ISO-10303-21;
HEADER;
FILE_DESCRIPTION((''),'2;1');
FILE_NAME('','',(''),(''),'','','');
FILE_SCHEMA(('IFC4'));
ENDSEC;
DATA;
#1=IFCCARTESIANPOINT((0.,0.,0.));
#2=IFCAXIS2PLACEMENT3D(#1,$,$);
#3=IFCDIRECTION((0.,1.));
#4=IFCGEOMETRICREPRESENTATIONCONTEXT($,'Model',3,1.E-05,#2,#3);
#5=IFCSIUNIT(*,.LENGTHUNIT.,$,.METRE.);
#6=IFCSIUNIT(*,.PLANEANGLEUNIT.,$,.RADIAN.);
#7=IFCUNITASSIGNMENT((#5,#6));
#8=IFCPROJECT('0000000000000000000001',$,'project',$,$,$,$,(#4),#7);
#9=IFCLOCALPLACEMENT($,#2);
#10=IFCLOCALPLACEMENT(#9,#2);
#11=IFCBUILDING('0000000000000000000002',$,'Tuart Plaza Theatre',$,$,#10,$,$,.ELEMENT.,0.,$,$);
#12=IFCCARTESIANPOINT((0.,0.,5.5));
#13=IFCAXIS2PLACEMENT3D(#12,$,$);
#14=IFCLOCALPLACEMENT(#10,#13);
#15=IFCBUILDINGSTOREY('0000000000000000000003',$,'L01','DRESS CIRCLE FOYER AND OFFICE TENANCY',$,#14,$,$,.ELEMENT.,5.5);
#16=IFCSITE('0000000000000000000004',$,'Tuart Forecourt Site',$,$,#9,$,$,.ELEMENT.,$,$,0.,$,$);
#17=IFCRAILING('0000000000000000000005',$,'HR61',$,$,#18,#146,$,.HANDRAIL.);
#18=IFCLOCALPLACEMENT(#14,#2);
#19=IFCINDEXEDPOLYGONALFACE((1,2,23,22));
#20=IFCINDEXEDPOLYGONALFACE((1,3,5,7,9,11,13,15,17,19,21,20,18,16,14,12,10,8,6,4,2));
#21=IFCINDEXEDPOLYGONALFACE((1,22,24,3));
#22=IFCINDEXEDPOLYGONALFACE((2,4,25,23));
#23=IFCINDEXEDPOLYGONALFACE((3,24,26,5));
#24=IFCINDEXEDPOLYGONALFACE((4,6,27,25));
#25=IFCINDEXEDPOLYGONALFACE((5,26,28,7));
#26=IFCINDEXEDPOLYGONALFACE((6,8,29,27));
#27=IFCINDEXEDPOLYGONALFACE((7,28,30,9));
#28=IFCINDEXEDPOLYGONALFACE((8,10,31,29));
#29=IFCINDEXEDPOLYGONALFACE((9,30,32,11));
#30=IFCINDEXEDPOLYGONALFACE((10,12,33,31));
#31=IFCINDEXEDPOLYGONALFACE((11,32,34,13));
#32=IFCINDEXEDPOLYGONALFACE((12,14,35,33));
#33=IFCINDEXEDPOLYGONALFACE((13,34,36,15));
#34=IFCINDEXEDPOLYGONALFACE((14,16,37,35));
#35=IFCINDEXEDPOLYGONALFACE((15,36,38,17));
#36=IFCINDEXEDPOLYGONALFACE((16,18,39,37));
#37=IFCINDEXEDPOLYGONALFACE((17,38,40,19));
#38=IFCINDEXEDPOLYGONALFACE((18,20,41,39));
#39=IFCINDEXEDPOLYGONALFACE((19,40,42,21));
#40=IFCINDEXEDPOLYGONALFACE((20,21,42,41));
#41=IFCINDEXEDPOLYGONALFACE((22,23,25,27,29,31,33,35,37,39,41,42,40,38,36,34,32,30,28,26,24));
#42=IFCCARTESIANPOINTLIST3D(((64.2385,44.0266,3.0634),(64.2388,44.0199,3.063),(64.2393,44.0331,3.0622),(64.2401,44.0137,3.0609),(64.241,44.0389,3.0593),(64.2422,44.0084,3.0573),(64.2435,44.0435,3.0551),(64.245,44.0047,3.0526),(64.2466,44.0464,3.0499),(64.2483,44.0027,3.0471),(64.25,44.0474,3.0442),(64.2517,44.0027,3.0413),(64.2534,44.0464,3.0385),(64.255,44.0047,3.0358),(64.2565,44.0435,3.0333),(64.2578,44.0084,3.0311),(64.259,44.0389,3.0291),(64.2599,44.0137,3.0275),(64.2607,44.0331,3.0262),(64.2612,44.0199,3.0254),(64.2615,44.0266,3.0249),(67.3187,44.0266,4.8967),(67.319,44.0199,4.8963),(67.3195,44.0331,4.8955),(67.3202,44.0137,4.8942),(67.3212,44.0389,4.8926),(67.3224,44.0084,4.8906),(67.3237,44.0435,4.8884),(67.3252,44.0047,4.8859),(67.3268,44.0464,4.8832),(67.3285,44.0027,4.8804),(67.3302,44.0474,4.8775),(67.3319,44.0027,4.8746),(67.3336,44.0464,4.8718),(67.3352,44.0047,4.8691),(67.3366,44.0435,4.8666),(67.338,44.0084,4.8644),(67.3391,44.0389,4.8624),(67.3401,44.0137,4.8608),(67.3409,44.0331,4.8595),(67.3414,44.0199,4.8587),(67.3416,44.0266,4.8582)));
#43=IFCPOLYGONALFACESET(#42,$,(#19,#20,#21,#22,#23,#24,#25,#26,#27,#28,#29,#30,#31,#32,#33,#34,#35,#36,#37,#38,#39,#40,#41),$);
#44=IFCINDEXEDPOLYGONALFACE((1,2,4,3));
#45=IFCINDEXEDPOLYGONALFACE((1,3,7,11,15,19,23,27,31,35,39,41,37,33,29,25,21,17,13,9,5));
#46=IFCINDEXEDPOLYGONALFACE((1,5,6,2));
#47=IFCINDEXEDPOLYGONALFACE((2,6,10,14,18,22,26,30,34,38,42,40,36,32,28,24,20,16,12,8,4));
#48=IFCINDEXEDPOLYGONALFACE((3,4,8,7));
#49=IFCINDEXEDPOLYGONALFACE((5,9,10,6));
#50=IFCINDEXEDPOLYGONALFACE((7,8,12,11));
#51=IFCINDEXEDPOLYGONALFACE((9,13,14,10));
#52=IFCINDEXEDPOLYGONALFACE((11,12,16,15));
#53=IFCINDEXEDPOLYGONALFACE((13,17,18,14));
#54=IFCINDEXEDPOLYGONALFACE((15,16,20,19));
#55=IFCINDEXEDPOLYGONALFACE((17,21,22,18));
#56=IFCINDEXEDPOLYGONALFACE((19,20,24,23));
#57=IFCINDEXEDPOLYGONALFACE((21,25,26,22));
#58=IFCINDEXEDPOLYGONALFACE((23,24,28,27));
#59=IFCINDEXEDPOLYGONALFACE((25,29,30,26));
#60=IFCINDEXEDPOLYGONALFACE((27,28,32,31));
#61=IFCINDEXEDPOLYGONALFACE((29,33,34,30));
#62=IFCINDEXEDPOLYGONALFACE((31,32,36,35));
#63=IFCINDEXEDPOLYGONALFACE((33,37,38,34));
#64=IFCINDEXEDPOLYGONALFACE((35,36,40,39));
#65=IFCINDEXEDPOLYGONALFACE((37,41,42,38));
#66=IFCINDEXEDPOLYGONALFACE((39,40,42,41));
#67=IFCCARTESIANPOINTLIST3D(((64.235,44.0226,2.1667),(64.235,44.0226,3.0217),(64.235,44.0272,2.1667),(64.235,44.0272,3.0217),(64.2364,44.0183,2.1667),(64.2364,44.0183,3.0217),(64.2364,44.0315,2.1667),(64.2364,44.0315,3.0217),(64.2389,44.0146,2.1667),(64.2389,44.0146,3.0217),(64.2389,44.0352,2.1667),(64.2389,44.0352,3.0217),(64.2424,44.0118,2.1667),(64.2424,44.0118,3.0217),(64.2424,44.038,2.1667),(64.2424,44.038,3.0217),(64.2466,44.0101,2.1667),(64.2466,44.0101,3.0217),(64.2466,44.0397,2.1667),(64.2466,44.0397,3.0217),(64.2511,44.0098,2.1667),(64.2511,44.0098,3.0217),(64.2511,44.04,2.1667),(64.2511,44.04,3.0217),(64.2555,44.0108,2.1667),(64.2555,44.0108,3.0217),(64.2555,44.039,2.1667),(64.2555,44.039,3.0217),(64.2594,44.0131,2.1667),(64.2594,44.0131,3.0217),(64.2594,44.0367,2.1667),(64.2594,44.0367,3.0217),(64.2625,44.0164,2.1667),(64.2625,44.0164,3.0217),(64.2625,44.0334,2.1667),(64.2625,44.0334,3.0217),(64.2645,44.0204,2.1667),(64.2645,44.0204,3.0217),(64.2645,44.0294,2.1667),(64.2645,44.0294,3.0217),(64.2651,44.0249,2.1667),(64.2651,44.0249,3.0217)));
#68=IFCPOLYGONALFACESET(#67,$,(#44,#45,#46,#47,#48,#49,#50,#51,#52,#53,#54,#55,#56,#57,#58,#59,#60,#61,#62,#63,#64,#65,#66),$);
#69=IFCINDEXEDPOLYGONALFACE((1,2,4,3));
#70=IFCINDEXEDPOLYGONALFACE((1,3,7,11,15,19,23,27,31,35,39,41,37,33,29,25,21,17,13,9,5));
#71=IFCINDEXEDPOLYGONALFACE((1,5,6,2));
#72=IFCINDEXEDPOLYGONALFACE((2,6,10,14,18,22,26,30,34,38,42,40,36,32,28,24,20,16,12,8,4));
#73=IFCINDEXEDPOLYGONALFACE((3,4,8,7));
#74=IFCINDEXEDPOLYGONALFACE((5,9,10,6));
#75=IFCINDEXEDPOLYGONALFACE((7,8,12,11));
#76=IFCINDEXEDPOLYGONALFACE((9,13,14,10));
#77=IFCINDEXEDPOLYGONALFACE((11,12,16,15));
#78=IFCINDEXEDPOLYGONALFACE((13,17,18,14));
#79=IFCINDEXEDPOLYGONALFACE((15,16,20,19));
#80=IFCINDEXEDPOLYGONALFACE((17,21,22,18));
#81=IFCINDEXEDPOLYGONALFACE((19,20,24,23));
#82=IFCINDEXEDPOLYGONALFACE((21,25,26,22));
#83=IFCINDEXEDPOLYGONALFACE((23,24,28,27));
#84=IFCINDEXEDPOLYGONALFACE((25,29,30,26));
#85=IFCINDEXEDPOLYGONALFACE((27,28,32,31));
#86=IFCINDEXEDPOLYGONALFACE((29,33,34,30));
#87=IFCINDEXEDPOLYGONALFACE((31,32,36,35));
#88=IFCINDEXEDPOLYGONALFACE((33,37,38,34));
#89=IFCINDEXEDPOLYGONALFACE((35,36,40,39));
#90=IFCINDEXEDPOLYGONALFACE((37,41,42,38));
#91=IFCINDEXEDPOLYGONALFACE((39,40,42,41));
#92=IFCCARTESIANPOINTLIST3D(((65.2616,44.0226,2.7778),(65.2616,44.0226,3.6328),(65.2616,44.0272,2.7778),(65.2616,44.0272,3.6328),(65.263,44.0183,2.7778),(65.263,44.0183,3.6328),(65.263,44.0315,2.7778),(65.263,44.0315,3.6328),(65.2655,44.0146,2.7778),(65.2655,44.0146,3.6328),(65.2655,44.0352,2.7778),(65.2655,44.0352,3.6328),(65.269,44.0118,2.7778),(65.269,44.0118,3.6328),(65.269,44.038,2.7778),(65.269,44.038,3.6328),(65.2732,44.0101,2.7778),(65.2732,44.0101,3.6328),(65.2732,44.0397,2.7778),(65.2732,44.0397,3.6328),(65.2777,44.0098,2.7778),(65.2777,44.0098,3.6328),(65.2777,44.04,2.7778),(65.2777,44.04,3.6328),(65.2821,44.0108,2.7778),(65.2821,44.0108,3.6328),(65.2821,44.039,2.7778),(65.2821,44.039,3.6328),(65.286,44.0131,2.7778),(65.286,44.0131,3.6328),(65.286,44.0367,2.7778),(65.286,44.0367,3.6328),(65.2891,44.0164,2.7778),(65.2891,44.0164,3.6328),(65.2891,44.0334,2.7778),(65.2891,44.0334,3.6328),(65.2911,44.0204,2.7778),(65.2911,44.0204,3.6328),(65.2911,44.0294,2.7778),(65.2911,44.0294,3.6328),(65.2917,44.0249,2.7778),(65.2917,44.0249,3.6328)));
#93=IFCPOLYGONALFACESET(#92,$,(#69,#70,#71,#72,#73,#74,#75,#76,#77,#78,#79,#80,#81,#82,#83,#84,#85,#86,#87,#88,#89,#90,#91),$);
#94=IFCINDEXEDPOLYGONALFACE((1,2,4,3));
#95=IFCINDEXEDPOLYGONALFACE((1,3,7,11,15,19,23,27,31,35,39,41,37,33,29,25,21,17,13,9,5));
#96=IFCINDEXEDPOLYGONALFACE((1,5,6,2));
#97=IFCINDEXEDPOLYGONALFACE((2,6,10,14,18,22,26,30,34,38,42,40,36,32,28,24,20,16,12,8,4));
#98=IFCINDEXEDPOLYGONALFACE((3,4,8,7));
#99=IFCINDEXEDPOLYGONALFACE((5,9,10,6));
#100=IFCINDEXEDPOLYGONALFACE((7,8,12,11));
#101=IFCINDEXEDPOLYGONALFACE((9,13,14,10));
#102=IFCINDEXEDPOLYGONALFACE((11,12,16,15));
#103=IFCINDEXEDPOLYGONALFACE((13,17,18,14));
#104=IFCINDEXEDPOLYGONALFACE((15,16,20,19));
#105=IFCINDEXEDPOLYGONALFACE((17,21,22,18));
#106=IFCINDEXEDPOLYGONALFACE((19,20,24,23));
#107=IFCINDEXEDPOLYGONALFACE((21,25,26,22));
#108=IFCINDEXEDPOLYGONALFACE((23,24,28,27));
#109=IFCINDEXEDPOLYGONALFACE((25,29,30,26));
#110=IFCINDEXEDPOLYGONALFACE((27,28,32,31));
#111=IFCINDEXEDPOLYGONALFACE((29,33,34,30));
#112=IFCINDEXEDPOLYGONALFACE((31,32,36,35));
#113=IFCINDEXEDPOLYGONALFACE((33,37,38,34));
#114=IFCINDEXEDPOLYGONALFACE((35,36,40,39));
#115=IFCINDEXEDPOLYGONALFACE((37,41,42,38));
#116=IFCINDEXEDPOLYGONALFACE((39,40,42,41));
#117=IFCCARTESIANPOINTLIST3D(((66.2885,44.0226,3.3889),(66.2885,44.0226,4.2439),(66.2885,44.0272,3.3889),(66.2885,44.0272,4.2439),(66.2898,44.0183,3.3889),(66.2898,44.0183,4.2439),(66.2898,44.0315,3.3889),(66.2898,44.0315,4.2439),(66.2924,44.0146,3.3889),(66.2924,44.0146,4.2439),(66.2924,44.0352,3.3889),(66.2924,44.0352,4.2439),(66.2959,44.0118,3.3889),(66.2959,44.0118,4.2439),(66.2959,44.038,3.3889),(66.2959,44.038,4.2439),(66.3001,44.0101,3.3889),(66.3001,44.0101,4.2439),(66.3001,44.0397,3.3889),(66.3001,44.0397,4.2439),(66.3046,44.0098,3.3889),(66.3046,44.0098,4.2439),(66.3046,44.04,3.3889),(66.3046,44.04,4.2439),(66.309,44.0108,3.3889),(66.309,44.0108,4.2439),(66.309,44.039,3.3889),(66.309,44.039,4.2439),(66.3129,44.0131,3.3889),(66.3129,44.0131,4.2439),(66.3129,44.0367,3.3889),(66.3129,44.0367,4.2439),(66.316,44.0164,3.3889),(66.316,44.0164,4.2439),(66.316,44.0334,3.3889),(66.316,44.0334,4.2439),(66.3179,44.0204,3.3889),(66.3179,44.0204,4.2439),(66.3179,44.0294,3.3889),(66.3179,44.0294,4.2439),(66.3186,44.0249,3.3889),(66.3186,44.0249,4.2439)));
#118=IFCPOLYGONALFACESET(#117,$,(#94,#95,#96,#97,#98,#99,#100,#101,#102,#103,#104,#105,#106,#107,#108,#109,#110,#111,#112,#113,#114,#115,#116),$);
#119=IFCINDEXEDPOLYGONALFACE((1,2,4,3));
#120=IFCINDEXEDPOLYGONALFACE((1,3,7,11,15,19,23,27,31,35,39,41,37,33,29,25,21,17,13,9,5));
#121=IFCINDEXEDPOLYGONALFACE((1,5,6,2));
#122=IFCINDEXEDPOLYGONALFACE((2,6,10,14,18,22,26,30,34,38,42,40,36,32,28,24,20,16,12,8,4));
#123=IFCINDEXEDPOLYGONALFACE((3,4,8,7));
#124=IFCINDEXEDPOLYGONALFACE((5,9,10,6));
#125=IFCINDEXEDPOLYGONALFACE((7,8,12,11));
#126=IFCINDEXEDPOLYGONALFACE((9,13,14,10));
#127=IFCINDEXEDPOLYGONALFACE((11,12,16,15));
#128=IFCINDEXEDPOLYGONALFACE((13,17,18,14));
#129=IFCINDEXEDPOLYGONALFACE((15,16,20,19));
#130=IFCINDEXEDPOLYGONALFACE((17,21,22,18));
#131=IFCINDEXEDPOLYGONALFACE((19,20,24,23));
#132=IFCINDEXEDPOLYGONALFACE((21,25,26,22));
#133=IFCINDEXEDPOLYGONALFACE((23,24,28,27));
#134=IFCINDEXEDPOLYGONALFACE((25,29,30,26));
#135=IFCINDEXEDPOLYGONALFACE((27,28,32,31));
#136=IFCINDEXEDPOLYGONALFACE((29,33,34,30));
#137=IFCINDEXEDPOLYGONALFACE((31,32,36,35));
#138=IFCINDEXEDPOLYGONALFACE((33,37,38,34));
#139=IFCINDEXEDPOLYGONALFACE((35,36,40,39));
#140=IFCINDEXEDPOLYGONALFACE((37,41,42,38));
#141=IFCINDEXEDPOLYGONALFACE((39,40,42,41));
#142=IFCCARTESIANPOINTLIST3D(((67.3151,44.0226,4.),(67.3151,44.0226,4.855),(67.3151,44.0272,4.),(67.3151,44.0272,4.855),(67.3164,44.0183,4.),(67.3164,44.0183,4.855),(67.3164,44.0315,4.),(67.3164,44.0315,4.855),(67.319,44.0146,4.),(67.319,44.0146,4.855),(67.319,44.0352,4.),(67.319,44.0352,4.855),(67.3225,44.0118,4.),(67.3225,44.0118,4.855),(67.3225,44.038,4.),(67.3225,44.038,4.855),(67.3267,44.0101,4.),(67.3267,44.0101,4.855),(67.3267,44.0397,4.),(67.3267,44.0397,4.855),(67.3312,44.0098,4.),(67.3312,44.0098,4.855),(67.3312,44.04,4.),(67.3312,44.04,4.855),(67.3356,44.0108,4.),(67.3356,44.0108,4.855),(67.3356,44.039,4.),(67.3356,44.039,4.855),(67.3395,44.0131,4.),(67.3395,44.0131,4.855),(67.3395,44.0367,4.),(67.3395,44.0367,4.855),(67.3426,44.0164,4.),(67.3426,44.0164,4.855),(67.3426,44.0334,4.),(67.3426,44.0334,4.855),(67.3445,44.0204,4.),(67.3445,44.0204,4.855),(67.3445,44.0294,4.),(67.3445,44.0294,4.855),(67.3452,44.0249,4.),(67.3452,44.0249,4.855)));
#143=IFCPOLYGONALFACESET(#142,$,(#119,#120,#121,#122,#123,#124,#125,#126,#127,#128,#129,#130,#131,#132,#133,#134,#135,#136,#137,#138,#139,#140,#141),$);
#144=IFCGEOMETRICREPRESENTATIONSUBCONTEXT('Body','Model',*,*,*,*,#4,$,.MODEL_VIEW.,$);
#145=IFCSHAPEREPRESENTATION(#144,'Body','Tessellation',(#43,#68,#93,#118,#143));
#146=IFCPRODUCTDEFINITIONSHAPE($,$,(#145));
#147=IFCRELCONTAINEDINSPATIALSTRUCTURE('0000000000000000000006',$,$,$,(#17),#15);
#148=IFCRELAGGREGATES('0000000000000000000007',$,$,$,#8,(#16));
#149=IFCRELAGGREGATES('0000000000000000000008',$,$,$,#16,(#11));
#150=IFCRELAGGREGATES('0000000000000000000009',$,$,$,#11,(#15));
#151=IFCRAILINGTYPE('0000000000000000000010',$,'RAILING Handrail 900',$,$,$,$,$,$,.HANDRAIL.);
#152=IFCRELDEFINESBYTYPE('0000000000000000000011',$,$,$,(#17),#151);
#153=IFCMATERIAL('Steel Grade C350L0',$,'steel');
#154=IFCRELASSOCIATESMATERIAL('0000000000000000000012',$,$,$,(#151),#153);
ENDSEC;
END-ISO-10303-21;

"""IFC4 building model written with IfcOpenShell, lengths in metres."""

from ifc_helpers import new_model, si_unit, direction, frame, origin, origin_2d, place, context, subcontext, project, spatial, circle, extrude, material, type_object, element, save


model = new_model("IFC4")

# Units and contexts
model_context = context("Model", 3, precision=1e-05, world=origin(), true_north=direction((0.0, 1.0)))
body_context = subcontext(model_context, "Body", "Model", "MODEL_VIEW")
ifc_project = project(units=[si_unit("LENGTHUNIT", "METRE"), si_unit("PLANEANGLEUNIT", "RADIAN")], contexts=[model_context])

# Site, building, storey
site_placement = place(None, origin())
site = spatial("IfcSite", under=ifc_project, at=site_placement, Name="Tuart Forecourt Site", CompositionType="ELEMENT", RefElevation=0.0)
building_placement = place(site_placement, origin())
building = spatial("IfcBuilding", under=site, at=building_placement, Name="Tuart Plaza Theatre", CompositionType="ELEMENT", ElevationOfRefHeight=0.0)
storey_placement = place(building_placement, frame((0.0, 0.0, 5.5)))
storey = spatial("IfcBuildingStorey", under=building, at=storey_placement, Name="L01", Description="DRESS CIRCLE FOYER AND OFFICE TENANCY", CompositionType="ELEMENT", Elevation=5.5)

# Railing
ifc_material_1 = material(Name="Steel Grade C350L0", Category="steel")
railing_type_1 = type_object("IfcRailingType", Name="RAILING Handrail 900", PredefinedType="HANDRAIL", material=ifc_material_1)
for number, where, name in (
    (1, (64.25, 44.0249, 2.1667), "HR61"),
):
    element("IfcRailing", number, at=place(storey_placement, frame(where)), inside=storey, type_object=railing_type_1, Name=name, PredefinedType="HANDRAIL", context=body_context, shape_type="SweptSolid", body=[
        extrude(circle(Radius=0.0225, at=origin_2d()), frame((0.0, 0.0, 0.8774), z_axis=(0.859309, 0.0, 0.511458), x_axis=(0.0, 1.0, 0.0)), (0.0, 0.0, 1.0), 3.5845),
        extrude(circle(Radius=0.0151, at=origin_2d()), origin(), (0.0, 0.0, 1.0), 0.855),
        extrude(circle(Radius=0.0151, at=origin_2d()), frame((1.0266, 0.0, 0.6111)), (0.0, 0.0, 1.0), 0.855),
        extrude(circle(Radius=0.0151, at=origin_2d()), frame((2.0535, 0.0, 1.2222)), (0.0, 0.0, 1.0), 0.855),
        extrude(circle(Radius=0.0151, at=origin_2d()), frame((3.0801, 0.0, 1.8333)), (0.0, 0.0, 1.0), 0.855),
    ])

save(model, "model.ifc")
